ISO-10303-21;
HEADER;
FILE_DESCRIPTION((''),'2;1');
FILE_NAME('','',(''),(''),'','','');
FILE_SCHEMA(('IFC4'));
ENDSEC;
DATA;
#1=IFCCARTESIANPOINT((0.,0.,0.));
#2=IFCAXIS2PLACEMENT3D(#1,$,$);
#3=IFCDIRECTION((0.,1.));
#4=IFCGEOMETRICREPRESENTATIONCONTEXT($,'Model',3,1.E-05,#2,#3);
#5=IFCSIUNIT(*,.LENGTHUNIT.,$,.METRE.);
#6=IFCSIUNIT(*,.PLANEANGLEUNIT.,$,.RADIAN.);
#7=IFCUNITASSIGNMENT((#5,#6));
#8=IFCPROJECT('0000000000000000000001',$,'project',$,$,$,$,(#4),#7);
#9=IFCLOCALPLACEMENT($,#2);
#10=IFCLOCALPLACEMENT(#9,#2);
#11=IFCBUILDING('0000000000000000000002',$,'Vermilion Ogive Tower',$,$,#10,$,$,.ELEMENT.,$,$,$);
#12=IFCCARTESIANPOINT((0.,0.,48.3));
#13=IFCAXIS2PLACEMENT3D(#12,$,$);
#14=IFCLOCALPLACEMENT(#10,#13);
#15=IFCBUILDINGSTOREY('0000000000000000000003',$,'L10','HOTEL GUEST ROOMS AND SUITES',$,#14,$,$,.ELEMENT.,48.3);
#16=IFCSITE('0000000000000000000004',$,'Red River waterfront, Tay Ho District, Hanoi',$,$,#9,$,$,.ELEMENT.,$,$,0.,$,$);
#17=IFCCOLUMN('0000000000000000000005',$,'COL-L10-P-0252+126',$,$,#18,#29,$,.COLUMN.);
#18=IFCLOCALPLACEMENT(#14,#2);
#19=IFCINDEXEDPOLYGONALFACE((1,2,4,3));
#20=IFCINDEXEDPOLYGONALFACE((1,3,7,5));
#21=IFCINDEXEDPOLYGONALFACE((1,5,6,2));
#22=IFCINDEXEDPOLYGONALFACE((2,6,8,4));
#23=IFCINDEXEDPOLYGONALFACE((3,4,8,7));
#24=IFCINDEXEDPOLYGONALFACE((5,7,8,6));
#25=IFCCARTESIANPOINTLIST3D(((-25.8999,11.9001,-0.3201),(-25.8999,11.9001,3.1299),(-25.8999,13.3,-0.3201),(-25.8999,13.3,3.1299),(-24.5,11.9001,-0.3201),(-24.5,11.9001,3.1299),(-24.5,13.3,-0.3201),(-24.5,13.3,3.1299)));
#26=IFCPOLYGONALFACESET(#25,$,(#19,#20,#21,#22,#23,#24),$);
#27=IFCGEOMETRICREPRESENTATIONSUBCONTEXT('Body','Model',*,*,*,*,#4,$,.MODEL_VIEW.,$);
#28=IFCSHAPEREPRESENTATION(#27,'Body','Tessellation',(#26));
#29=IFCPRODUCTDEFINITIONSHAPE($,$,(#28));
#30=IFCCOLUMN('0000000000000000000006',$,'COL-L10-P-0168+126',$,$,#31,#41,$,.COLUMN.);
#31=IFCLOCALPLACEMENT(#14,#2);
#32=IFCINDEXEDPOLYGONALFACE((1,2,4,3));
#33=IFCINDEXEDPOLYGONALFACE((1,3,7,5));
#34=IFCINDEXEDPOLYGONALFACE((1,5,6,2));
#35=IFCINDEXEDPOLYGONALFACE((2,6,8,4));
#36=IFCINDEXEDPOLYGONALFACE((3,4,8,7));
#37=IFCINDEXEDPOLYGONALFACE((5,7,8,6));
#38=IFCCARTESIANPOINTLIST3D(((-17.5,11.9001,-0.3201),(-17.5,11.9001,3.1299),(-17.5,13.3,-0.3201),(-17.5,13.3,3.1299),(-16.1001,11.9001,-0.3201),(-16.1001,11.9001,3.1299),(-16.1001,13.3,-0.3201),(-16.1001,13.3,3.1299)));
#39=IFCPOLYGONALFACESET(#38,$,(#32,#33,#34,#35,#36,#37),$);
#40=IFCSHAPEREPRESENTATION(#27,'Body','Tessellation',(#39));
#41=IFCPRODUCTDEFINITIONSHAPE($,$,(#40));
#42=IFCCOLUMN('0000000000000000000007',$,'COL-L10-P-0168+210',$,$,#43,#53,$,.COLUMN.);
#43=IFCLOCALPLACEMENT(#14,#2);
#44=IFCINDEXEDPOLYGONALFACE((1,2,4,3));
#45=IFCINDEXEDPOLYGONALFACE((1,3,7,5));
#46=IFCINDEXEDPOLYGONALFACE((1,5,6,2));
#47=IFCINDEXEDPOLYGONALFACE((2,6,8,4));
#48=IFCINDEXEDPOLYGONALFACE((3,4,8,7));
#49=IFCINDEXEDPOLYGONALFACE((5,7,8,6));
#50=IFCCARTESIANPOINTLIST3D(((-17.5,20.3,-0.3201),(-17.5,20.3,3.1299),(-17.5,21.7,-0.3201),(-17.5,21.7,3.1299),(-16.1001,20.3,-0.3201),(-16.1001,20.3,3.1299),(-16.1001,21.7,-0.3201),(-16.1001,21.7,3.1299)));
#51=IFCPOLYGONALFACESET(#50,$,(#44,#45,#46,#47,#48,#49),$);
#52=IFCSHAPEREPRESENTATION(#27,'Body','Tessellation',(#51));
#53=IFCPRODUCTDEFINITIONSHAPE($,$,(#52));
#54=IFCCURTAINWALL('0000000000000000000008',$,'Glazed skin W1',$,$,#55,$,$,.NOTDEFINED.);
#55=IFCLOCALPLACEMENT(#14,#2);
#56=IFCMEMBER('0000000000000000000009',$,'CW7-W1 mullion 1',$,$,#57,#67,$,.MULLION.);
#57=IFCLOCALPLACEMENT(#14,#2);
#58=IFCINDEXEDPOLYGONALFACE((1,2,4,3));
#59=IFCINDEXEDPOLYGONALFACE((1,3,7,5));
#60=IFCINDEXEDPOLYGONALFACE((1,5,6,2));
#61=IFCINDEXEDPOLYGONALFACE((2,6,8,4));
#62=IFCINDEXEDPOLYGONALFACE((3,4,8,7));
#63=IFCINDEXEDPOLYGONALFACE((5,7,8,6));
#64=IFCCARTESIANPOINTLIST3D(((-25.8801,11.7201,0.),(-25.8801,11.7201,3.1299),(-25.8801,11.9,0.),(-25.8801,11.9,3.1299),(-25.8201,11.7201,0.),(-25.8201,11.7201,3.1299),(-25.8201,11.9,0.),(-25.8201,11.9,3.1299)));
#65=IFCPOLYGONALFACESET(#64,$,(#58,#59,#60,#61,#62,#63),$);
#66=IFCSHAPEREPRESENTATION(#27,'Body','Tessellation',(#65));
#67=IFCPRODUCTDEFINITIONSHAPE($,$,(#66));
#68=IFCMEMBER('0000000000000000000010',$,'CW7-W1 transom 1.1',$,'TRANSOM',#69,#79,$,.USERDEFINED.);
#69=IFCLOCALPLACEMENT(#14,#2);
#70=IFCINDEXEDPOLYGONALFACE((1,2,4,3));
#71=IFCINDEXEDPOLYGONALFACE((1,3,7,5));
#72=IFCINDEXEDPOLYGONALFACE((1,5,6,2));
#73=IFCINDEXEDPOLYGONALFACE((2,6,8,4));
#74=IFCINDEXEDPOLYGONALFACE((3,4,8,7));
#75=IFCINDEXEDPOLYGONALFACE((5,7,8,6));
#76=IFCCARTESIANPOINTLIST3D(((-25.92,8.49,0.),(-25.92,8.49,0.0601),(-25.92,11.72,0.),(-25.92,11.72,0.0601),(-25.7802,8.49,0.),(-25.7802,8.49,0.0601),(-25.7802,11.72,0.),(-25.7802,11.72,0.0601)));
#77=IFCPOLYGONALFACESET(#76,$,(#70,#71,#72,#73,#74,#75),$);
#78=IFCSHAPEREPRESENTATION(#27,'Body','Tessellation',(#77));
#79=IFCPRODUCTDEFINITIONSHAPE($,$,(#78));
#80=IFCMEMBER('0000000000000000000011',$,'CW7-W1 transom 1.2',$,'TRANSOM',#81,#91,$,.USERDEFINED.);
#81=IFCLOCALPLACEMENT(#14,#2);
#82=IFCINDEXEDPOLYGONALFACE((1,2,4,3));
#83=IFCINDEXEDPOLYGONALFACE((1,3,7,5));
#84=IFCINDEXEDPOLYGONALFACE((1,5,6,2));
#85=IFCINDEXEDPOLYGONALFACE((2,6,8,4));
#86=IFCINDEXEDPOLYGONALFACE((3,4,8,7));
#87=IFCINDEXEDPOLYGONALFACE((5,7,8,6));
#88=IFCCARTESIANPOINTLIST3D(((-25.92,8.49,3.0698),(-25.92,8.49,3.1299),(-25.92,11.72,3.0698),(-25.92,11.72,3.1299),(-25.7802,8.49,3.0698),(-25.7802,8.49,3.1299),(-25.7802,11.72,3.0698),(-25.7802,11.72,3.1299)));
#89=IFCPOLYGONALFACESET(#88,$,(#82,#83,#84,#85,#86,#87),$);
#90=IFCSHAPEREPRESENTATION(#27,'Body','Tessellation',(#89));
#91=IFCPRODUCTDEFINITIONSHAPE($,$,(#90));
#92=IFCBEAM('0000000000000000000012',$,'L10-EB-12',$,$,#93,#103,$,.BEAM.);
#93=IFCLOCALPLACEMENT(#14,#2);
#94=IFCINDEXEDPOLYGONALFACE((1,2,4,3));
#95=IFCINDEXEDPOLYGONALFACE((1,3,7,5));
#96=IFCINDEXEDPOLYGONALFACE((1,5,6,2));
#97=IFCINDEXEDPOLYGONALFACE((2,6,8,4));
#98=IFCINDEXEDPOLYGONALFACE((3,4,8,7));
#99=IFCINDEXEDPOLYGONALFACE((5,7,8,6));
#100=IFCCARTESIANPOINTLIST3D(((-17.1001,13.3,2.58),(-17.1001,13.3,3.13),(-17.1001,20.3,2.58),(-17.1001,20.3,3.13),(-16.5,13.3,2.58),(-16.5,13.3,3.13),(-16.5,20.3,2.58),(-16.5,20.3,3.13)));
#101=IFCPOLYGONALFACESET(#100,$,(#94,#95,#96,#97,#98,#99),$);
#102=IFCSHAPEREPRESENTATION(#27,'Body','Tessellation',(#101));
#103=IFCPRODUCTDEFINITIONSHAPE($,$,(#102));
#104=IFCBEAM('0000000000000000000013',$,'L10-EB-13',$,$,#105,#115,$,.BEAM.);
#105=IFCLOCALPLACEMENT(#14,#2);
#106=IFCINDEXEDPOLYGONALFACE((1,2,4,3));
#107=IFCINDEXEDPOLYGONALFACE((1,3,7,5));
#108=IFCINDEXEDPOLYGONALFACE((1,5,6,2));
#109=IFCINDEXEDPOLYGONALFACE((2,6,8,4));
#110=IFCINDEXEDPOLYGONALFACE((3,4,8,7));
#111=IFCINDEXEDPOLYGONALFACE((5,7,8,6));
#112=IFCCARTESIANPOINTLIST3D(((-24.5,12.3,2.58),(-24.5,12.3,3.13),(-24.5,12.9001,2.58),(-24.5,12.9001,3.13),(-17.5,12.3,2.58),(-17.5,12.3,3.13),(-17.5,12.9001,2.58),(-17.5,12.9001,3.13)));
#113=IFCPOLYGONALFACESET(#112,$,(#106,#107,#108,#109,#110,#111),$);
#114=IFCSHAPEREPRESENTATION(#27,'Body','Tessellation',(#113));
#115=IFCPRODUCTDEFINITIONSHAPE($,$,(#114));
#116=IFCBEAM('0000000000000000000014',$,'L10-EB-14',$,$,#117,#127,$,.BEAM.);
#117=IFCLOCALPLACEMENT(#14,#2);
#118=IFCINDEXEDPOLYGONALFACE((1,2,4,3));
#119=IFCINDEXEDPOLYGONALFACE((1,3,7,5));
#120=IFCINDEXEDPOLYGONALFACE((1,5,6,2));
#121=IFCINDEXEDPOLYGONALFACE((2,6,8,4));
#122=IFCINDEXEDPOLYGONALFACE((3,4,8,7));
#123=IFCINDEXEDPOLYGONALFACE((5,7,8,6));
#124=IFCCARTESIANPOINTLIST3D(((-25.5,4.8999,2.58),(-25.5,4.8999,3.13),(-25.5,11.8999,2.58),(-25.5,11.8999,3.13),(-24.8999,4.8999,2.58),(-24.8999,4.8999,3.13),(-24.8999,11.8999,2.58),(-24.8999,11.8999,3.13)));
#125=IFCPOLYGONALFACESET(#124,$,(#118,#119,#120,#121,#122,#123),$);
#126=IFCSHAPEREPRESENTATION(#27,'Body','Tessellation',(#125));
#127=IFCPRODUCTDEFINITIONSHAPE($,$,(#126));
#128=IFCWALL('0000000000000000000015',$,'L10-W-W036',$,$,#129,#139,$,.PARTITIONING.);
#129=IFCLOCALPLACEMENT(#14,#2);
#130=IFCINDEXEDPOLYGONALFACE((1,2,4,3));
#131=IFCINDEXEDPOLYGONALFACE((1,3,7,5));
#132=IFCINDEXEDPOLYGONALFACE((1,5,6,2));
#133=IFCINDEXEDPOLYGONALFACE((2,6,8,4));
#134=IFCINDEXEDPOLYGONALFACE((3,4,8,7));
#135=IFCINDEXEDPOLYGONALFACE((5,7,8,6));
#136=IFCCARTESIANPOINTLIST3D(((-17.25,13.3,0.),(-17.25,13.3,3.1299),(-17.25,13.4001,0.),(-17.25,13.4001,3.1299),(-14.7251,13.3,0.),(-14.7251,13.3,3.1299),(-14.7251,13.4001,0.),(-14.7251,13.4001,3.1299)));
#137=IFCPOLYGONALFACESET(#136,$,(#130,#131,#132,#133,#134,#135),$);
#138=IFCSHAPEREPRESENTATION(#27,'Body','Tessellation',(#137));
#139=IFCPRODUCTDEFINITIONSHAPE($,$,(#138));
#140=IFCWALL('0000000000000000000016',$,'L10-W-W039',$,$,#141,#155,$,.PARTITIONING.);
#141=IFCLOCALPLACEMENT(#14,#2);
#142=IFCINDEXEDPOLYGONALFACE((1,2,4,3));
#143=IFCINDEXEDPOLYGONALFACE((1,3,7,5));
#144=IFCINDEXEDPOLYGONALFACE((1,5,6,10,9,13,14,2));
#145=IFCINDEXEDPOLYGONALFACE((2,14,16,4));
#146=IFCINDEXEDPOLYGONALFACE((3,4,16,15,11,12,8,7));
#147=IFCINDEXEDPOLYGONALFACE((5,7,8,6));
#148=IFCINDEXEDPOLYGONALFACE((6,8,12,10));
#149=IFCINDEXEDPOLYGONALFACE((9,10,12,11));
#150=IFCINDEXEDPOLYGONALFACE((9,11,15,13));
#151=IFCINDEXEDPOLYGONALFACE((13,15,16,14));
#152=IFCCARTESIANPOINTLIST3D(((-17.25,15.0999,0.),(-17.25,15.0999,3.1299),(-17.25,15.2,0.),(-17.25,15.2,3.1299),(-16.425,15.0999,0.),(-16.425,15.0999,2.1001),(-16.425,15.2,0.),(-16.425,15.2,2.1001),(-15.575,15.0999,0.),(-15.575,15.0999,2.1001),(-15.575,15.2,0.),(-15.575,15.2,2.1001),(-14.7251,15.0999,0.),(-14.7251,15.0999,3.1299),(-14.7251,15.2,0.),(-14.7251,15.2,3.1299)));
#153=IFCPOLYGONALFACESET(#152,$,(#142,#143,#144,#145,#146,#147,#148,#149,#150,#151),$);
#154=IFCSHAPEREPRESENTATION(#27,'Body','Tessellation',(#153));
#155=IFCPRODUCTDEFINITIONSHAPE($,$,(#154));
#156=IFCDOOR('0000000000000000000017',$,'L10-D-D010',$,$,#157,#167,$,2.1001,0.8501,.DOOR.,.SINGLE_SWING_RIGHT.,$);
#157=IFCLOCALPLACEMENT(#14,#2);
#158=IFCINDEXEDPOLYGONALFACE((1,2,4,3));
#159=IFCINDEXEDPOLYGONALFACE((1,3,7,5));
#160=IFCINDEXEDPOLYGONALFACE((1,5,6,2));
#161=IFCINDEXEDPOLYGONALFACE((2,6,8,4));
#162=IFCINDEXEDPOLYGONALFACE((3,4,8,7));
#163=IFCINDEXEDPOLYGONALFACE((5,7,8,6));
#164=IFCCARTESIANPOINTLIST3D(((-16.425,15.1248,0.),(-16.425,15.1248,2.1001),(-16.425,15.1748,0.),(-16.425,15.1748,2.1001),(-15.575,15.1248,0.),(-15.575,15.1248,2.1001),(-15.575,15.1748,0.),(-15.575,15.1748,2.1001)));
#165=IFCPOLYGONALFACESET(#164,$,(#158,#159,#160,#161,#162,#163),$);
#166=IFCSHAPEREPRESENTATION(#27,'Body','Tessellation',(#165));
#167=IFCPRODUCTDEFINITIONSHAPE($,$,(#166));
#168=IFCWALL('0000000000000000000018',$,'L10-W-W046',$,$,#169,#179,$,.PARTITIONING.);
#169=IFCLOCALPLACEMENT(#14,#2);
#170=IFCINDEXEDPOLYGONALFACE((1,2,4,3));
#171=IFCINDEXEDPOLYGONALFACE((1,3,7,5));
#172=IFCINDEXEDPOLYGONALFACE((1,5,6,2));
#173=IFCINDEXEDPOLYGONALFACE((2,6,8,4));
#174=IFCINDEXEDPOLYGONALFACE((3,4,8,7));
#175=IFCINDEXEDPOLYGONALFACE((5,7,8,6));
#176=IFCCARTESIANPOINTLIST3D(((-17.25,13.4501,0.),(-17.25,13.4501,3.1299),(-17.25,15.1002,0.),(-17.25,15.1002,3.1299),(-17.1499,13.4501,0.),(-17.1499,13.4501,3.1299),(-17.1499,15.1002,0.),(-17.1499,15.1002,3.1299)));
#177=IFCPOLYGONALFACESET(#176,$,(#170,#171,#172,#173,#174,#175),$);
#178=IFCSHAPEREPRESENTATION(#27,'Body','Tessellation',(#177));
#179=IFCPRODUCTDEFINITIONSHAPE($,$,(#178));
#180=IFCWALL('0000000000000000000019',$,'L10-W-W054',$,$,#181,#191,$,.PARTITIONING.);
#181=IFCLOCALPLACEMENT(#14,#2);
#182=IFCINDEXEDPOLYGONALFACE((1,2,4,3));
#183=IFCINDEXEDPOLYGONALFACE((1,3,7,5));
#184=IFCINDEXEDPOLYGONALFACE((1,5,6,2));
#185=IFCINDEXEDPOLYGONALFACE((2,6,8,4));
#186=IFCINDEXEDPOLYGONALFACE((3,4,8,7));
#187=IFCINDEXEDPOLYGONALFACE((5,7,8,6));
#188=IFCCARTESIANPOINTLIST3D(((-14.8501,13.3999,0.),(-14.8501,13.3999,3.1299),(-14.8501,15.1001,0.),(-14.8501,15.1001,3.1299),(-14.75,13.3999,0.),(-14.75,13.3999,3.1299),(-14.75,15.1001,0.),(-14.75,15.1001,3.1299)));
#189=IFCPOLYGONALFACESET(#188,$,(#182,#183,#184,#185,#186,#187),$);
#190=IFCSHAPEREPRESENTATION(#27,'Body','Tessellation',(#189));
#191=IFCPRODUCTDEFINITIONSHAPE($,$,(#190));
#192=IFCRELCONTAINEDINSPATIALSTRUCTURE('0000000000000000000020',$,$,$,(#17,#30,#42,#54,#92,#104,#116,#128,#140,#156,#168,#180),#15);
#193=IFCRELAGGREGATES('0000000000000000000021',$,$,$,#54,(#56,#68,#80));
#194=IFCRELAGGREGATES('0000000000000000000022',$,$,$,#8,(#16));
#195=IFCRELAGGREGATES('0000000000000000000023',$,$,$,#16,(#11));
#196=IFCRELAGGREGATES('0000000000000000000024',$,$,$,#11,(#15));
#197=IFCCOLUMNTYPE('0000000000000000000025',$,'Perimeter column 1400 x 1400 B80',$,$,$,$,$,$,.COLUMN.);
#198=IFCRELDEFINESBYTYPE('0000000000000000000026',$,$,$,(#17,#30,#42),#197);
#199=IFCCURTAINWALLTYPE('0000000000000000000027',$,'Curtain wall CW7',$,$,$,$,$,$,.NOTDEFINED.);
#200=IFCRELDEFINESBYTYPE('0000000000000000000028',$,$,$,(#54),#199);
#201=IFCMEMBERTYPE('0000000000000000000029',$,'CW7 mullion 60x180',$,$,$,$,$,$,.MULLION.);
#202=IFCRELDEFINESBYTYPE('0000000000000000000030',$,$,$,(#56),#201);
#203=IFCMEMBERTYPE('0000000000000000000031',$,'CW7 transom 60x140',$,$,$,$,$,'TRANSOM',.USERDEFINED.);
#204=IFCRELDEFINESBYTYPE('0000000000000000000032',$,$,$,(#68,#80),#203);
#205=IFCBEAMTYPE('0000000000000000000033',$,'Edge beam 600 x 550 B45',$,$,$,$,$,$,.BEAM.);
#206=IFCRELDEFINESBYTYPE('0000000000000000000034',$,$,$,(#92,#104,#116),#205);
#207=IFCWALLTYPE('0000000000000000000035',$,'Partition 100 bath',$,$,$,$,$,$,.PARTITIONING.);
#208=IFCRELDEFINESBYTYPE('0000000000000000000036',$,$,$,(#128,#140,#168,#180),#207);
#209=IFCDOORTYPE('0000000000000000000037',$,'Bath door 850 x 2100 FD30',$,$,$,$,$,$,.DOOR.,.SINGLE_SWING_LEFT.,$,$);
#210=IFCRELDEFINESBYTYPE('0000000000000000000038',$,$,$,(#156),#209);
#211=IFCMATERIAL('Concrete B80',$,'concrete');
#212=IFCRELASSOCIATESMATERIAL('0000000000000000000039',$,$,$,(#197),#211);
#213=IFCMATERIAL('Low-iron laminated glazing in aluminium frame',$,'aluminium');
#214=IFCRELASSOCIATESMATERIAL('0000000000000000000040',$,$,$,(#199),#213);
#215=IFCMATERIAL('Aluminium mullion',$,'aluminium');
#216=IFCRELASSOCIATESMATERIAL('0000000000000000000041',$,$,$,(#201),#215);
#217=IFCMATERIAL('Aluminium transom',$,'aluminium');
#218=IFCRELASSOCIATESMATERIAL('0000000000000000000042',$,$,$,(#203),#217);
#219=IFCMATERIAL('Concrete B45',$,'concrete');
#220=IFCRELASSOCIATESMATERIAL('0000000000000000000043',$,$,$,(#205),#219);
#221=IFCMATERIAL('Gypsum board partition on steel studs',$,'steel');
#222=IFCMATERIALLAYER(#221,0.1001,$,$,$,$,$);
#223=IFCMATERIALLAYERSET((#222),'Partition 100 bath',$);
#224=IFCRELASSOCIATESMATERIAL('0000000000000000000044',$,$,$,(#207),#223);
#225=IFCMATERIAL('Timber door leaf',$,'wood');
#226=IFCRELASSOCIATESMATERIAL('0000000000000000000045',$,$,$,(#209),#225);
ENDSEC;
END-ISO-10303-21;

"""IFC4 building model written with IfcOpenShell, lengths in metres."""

from ifc_helpers import new_model, si_unit, direction, frame, frame_2d, origin, origin_2d, place, context, subcontext, project, spatial, rectangle, extrude, material, layer, layer_set, material_profile, profile_set, type_object, element, fill, aggregate, save


model = new_model("IFC4")

# Units and contexts
model_context = context("Model", 3, precision=1e-05, world=origin(), true_north=direction((0.0, 1.0)))
body_context = subcontext(model_context, "Body", "Model", "MODEL_VIEW")
ifc_project = project(units=[si_unit("LENGTHUNIT", "METRE"), si_unit("PLANEANGLEUNIT", "RADIAN")], contexts=[model_context])

# Site, building, storey
site_placement = place(None, origin())
site = spatial("IfcSite", under=ifc_project, at=site_placement, Name="Red River waterfront, Tay Ho District, Hanoi", CompositionType="ELEMENT", RefElevation=0.0)
building_placement = place(site_placement, origin())
building = spatial("IfcBuilding", under=site, at=building_placement, Name="Vermilion Ogive Tower", CompositionType="ELEMENT")
storey_placement = place(building_placement, frame((0.0, 0.0, 48.3)))
storey = spatial("IfcBuildingStorey", under=building, at=storey_placement, Name="L10", Description="HOTEL GUEST ROOMS AND SUITES", CompositionType="ELEMENT", Elevation=48.3)

# Columns
ifc_material_1 = material(Name="Concrete B80", Category="concrete")
ifc_material_profile_1 = material_profile(ifc_material_1, rectangle(XDim=1.3999, YDim=1.3999, at=origin_2d()), Name="1400 x 1400")
ifc_profile_set_1 = profile_set([ifc_material_profile_1], Name="Concrete B80")
column_type = type_object("IfcColumnType", Name="Perimeter column 1400 x 1400 B80", PredefinedType="COLUMN", material=ifc_profile_set_1)
for number, where, z_axis, x_axis, name in (
    (1, (-25.2, 12.6001, -0.3201), (0.0, 0.0, 1.0), (1.0, 0.0, 0.0), "COL-L10-P-0252+126"),
    (2, (-16.8, 12.6001, -0.3201), (0.0, 0.0, 1.0), (1.0, 0.0, 0.0), "COL-L10-P-0168+126"),
    (3, (-16.8, 21.0, -0.3201), (0.0, 0.0, 1.0), (1.0, 0.0, 0.0), "COL-L10-P-0168+210"),
):
    element("IfcColumn", number, at=place(storey_placement, frame(where, z_axis=z_axis, x_axis=x_axis)), inside=storey, type_object=column_type, Name=name, PredefinedType="COLUMN", context=body_context, shape_type="SweptSolid", body=[
        extrude(rectangle(XDim=1.3999, YDim=1.3999, at=origin_2d()), origin(), (0.0, 0.0, 1.0), 3.45),
    ])

# Curtain wall, members
ifc_material_2 = material(Name="Low-iron laminated glazing in aluminium frame", Category="aluminium")
curtain_wall_type = type_object("IfcCurtainWallType", Name="Curtain wall CW7", PredefinedType="NOTDEFINED", material=ifc_material_2)
curtain_wall_placement = place(storey_placement, origin())
curtain_wall = element("IfcCurtainWall", 4, at=curtain_wall_placement, inside=storey, type_object=curtain_wall_type, Name="Glazed skin W1", PredefinedType="NOTDEFINED")
ifc_material_3 = material(Name="Aluminium mullion", Category="aluminium")
ifc_material_profile_2 = material_profile(ifc_material_3, rectangle(XDim=0.0601, YDim=0.1799, at=origin_2d()), Name="AL 60x180")
ifc_profile_set_2 = profile_set([ifc_material_profile_2], Name="Aluminium mullion")
member_type_1 = type_object("IfcMemberType", Name="CW7 mullion 60x180", PredefinedType="MULLION", material=ifc_profile_set_2)
member_1_placement = place(storey_placement, frame((-25.8501, 11.8101, 0.0), z_axis=(0.0, 0.0, 1.0), x_axis=(1.0, 0.0, 0.0)))
member_1 = element("IfcMember", 5, at=member_1_placement, type_object=member_type_1, Name="CW7-W1 mullion 1", PredefinedType="MULLION", context=body_context, shape_type="SweptSolid", body=[
    extrude(rectangle(XDim=0.0601, YDim=0.1799, at=origin_2d()), origin(), (0.0, 0.0, 1.0), 3.1299),
])
ifc_material_4 = material(Name="Aluminium transom", Category="aluminium")
ifc_material_profile_3 = material_profile(ifc_material_4, rectangle(XDim=0.1399, YDim=0.0601, at=origin_2d()), Name="AL 60x140")
ifc_profile_set_3 = profile_set([ifc_material_profile_3], Name="Aluminium transom")
member_type_2 = type_object("IfcMemberType", Name="CW7 transom 60x140", ElementType="TRANSOM", PredefinedType="USERDEFINED", material=ifc_profile_set_3)
member_2_placement = place(storey_placement, frame((-25.8501, 11.72, 0.03), z_axis=(0.0, -1.0, 0.0), x_axis=(1.0, 0.0, 0.0)))
member_2 = element("IfcMember", 6, at=member_2_placement, type_object=member_type_2, Name="CW7-W1 transom 1.1", ObjectType="TRANSOM", PredefinedType="USERDEFINED", context=body_context, shape_type="SweptSolid", body=[
    extrude(rectangle(XDim=0.1399, YDim=0.0601, at=origin_2d()), origin(), (0.0, 0.0, 1.0), 3.23),
])
member_3_placement = place(storey_placement, frame((-25.8501, 11.72, 3.0999), z_axis=(0.0, -1.0, 0.0), x_axis=(1.0, 0.0, 0.0)))
member_3 = element("IfcMember", 7, at=member_3_placement, type_object=member_type_2, Name="CW7-W1 transom 1.2", ObjectType="TRANSOM", PredefinedType="USERDEFINED", context=body_context, shape_type="SweptSolid", body=[
    extrude(rectangle(XDim=0.1399, YDim=0.0601, at=origin_2d()), origin(), (0.0, 0.0, 1.0), 3.23),
])
aggregate(curtain_wall, [member_1, member_2, member_3])

# Beams
ifc_material_5 = material(Name="Concrete B45", Category="concrete")
ifc_material_profile_4 = material_profile(ifc_material_5, rectangle(XDim=0.6001, YDim=0.55, at=origin_2d()), Name="600 x 550")
ifc_profile_set_4 = profile_set([ifc_material_profile_4], Name="Concrete B45")
beam_type = type_object("IfcBeamType", Name="Edge beam 600 x 550 B45", PredefinedType="BEAM", material=ifc_profile_set_4)
for number, where, z_axis, x_axis, name in (
    (8, (-16.8, 20.3, 2.855), (0.0, -1.0, 0.0), (1.0, 0.0, 0.0), "L10-EB-12"),
    (9, (-17.5, 12.6001, 2.855), (-1.0, 0.0, 0.0), (0.0, -1.0, 0.0), "L10-EB-13"),
    (10, (-25.2, 11.8999, 2.855), (0.0, -1.0, 0.0), (1.0, 0.0, 0.0), "L10-EB-14"),
):
    element("IfcBeam", number, at=place(storey_placement, frame(where, z_axis=z_axis, x_axis=x_axis)), inside=storey, type_object=beam_type, Name=name, PredefinedType="BEAM", context=body_context, shape_type="SweptSolid", body=[
        extrude(rectangle(XDim=0.6001, YDim=0.55, at=origin_2d()), origin(), (0.0, 0.0, 1.0), 7.0),
    ])

# Wall
ifc_material_6 = material(Name="Gypsum board partition on steel studs", Category="steel")
ifc_layer_1 = layer(ifc_material_6, 0.1001)
ifc_layer_set_1 = layer_set([ifc_layer_1], Name="Partition 100 bath")
wall_type_1 = type_object("IfcWallType", Name="Partition 100 bath", PredefinedType="PARTITIONING", material=ifc_layer_set_1)
wall_1_placement = place(storey_placement, frame((-17.25, 13.3501, 0.0), z_axis=(0.0, 0.0, 1.0), x_axis=(1.0, 0.0, 0.0)))
element("IfcWall", 11, at=wall_1_placement, inside=storey, type_object=wall_type_1, Name="L10-W-W036", PredefinedType="PARTITIONING", context=body_context, shape_type="SweptSolid", body=[
    extrude(rectangle(XDim=2.5249, YDim=0.1001, at=frame_2d((1.2625, 0.0))), origin(), (0.0, 0.0, 1.0), 3.1299),
])

# Wall, opening, door
wall_2_placement = place(storey_placement, frame((-17.25, 15.1499, 0.0), z_axis=(0.0, 0.0, 1.0), x_axis=(1.0, 0.0, 0.0)))
wall_2 = element("IfcWall", 12, at=wall_2_placement, inside=storey, type_object=wall_type_1, Name="L10-W-W039", PredefinedType="PARTITIONING", context=body_context, shape_type="SweptSolid", body=[
    extrude(rectangle(XDim=2.5249, YDim=0.1001, at=frame_2d((1.2625, 0.0))), origin(), (0.0, 0.0, 1.0), 3.1299),
])
opening_1_placement = place(wall_2_placement, frame((0.825, 0.0, 0.0)))
opening_1 = element("IfcOpeningElement", 13, at=opening_1_placement, cuts=wall_2, PredefinedType="OPENING", context=body_context, shape_type="SweptSolid", body=[
    extrude(rectangle(XDim=0.8501, YDim=2.1001, at=frame_2d((0.425, 1.05))), frame((0.0, 0.0601, 0.0), z_axis=(0.0, -1.0, 0.0), x_axis=(1.0, 0.0, 0.0)), (0.0, 0.0, 1.0), 0.1201),
])
ifc_material_7 = material(Name="Timber door leaf", Category="wood")
door_type_1 = type_object("IfcDoorType", Name="Bath door 850 x 2100 FD30", OperationType="SINGLE_SWING_LEFT", PredefinedType="DOOR", material=ifc_material_7)
door_1_placement = place(opening_1_placement, origin())
door_1 = element("IfcDoor", 14, at=door_1_placement, inside=storey, type_object=door_type_1, Name="L10-D-D010", OperationType="SINGLE_SWING_RIGHT", OverallHeight=2.1001, OverallWidth=0.8501, PredefinedType="DOOR", context=body_context, shape_type="SweptSolid", body=[
    extrude(rectangle(XDim=0.8501, YDim=2.1001, at=frame_2d((0.425, 1.05))), frame((0.0, 0.0249, 0.0), z_axis=(0.0, -1.0, 0.0), x_axis=(1.0, 0.0, 0.0)), (0.0, 0.0, 1.0), 0.05),
])
fill(opening_1, door_1)

# Walls
wall_3_placement = place(storey_placement, frame((-17.2, 13.45, 0.0), z_axis=(0.0, 0.0, 1.0), x_axis=(0.0, 1.0, 0.0)))
element("IfcWall", 15, at=wall_3_placement, inside=storey, type_object=wall_type_1, Name="L10-W-W046", PredefinedType="PARTITIONING", context=body_context, shape_type="SweptSolid", body=[
    extrude(rectangle(XDim=1.6501, YDim=0.1001, at=frame_2d((0.8252, 0.0))), origin(), (0.0, 0.0, 1.0), 3.1299),
])
wall_4_placement = place(storey_placement, frame((-14.8, 13.3999, 0.0), z_axis=(0.0, 0.0, 1.0), x_axis=(0.0, 1.0, 0.0)))
element("IfcWall", 16, at=wall_4_placement, inside=storey, type_object=wall_type_1, Name="L10-W-W054", PredefinedType="PARTITIONING", context=body_context, shape_type="SweptSolid", body=[
    extrude(rectangle(XDim=1.7002, YDim=0.1001, at=frame_2d((0.8501, 0.0))), origin(), (0.0, 0.0, 1.0), 3.1299),
])

save(model, "model.ifc")
